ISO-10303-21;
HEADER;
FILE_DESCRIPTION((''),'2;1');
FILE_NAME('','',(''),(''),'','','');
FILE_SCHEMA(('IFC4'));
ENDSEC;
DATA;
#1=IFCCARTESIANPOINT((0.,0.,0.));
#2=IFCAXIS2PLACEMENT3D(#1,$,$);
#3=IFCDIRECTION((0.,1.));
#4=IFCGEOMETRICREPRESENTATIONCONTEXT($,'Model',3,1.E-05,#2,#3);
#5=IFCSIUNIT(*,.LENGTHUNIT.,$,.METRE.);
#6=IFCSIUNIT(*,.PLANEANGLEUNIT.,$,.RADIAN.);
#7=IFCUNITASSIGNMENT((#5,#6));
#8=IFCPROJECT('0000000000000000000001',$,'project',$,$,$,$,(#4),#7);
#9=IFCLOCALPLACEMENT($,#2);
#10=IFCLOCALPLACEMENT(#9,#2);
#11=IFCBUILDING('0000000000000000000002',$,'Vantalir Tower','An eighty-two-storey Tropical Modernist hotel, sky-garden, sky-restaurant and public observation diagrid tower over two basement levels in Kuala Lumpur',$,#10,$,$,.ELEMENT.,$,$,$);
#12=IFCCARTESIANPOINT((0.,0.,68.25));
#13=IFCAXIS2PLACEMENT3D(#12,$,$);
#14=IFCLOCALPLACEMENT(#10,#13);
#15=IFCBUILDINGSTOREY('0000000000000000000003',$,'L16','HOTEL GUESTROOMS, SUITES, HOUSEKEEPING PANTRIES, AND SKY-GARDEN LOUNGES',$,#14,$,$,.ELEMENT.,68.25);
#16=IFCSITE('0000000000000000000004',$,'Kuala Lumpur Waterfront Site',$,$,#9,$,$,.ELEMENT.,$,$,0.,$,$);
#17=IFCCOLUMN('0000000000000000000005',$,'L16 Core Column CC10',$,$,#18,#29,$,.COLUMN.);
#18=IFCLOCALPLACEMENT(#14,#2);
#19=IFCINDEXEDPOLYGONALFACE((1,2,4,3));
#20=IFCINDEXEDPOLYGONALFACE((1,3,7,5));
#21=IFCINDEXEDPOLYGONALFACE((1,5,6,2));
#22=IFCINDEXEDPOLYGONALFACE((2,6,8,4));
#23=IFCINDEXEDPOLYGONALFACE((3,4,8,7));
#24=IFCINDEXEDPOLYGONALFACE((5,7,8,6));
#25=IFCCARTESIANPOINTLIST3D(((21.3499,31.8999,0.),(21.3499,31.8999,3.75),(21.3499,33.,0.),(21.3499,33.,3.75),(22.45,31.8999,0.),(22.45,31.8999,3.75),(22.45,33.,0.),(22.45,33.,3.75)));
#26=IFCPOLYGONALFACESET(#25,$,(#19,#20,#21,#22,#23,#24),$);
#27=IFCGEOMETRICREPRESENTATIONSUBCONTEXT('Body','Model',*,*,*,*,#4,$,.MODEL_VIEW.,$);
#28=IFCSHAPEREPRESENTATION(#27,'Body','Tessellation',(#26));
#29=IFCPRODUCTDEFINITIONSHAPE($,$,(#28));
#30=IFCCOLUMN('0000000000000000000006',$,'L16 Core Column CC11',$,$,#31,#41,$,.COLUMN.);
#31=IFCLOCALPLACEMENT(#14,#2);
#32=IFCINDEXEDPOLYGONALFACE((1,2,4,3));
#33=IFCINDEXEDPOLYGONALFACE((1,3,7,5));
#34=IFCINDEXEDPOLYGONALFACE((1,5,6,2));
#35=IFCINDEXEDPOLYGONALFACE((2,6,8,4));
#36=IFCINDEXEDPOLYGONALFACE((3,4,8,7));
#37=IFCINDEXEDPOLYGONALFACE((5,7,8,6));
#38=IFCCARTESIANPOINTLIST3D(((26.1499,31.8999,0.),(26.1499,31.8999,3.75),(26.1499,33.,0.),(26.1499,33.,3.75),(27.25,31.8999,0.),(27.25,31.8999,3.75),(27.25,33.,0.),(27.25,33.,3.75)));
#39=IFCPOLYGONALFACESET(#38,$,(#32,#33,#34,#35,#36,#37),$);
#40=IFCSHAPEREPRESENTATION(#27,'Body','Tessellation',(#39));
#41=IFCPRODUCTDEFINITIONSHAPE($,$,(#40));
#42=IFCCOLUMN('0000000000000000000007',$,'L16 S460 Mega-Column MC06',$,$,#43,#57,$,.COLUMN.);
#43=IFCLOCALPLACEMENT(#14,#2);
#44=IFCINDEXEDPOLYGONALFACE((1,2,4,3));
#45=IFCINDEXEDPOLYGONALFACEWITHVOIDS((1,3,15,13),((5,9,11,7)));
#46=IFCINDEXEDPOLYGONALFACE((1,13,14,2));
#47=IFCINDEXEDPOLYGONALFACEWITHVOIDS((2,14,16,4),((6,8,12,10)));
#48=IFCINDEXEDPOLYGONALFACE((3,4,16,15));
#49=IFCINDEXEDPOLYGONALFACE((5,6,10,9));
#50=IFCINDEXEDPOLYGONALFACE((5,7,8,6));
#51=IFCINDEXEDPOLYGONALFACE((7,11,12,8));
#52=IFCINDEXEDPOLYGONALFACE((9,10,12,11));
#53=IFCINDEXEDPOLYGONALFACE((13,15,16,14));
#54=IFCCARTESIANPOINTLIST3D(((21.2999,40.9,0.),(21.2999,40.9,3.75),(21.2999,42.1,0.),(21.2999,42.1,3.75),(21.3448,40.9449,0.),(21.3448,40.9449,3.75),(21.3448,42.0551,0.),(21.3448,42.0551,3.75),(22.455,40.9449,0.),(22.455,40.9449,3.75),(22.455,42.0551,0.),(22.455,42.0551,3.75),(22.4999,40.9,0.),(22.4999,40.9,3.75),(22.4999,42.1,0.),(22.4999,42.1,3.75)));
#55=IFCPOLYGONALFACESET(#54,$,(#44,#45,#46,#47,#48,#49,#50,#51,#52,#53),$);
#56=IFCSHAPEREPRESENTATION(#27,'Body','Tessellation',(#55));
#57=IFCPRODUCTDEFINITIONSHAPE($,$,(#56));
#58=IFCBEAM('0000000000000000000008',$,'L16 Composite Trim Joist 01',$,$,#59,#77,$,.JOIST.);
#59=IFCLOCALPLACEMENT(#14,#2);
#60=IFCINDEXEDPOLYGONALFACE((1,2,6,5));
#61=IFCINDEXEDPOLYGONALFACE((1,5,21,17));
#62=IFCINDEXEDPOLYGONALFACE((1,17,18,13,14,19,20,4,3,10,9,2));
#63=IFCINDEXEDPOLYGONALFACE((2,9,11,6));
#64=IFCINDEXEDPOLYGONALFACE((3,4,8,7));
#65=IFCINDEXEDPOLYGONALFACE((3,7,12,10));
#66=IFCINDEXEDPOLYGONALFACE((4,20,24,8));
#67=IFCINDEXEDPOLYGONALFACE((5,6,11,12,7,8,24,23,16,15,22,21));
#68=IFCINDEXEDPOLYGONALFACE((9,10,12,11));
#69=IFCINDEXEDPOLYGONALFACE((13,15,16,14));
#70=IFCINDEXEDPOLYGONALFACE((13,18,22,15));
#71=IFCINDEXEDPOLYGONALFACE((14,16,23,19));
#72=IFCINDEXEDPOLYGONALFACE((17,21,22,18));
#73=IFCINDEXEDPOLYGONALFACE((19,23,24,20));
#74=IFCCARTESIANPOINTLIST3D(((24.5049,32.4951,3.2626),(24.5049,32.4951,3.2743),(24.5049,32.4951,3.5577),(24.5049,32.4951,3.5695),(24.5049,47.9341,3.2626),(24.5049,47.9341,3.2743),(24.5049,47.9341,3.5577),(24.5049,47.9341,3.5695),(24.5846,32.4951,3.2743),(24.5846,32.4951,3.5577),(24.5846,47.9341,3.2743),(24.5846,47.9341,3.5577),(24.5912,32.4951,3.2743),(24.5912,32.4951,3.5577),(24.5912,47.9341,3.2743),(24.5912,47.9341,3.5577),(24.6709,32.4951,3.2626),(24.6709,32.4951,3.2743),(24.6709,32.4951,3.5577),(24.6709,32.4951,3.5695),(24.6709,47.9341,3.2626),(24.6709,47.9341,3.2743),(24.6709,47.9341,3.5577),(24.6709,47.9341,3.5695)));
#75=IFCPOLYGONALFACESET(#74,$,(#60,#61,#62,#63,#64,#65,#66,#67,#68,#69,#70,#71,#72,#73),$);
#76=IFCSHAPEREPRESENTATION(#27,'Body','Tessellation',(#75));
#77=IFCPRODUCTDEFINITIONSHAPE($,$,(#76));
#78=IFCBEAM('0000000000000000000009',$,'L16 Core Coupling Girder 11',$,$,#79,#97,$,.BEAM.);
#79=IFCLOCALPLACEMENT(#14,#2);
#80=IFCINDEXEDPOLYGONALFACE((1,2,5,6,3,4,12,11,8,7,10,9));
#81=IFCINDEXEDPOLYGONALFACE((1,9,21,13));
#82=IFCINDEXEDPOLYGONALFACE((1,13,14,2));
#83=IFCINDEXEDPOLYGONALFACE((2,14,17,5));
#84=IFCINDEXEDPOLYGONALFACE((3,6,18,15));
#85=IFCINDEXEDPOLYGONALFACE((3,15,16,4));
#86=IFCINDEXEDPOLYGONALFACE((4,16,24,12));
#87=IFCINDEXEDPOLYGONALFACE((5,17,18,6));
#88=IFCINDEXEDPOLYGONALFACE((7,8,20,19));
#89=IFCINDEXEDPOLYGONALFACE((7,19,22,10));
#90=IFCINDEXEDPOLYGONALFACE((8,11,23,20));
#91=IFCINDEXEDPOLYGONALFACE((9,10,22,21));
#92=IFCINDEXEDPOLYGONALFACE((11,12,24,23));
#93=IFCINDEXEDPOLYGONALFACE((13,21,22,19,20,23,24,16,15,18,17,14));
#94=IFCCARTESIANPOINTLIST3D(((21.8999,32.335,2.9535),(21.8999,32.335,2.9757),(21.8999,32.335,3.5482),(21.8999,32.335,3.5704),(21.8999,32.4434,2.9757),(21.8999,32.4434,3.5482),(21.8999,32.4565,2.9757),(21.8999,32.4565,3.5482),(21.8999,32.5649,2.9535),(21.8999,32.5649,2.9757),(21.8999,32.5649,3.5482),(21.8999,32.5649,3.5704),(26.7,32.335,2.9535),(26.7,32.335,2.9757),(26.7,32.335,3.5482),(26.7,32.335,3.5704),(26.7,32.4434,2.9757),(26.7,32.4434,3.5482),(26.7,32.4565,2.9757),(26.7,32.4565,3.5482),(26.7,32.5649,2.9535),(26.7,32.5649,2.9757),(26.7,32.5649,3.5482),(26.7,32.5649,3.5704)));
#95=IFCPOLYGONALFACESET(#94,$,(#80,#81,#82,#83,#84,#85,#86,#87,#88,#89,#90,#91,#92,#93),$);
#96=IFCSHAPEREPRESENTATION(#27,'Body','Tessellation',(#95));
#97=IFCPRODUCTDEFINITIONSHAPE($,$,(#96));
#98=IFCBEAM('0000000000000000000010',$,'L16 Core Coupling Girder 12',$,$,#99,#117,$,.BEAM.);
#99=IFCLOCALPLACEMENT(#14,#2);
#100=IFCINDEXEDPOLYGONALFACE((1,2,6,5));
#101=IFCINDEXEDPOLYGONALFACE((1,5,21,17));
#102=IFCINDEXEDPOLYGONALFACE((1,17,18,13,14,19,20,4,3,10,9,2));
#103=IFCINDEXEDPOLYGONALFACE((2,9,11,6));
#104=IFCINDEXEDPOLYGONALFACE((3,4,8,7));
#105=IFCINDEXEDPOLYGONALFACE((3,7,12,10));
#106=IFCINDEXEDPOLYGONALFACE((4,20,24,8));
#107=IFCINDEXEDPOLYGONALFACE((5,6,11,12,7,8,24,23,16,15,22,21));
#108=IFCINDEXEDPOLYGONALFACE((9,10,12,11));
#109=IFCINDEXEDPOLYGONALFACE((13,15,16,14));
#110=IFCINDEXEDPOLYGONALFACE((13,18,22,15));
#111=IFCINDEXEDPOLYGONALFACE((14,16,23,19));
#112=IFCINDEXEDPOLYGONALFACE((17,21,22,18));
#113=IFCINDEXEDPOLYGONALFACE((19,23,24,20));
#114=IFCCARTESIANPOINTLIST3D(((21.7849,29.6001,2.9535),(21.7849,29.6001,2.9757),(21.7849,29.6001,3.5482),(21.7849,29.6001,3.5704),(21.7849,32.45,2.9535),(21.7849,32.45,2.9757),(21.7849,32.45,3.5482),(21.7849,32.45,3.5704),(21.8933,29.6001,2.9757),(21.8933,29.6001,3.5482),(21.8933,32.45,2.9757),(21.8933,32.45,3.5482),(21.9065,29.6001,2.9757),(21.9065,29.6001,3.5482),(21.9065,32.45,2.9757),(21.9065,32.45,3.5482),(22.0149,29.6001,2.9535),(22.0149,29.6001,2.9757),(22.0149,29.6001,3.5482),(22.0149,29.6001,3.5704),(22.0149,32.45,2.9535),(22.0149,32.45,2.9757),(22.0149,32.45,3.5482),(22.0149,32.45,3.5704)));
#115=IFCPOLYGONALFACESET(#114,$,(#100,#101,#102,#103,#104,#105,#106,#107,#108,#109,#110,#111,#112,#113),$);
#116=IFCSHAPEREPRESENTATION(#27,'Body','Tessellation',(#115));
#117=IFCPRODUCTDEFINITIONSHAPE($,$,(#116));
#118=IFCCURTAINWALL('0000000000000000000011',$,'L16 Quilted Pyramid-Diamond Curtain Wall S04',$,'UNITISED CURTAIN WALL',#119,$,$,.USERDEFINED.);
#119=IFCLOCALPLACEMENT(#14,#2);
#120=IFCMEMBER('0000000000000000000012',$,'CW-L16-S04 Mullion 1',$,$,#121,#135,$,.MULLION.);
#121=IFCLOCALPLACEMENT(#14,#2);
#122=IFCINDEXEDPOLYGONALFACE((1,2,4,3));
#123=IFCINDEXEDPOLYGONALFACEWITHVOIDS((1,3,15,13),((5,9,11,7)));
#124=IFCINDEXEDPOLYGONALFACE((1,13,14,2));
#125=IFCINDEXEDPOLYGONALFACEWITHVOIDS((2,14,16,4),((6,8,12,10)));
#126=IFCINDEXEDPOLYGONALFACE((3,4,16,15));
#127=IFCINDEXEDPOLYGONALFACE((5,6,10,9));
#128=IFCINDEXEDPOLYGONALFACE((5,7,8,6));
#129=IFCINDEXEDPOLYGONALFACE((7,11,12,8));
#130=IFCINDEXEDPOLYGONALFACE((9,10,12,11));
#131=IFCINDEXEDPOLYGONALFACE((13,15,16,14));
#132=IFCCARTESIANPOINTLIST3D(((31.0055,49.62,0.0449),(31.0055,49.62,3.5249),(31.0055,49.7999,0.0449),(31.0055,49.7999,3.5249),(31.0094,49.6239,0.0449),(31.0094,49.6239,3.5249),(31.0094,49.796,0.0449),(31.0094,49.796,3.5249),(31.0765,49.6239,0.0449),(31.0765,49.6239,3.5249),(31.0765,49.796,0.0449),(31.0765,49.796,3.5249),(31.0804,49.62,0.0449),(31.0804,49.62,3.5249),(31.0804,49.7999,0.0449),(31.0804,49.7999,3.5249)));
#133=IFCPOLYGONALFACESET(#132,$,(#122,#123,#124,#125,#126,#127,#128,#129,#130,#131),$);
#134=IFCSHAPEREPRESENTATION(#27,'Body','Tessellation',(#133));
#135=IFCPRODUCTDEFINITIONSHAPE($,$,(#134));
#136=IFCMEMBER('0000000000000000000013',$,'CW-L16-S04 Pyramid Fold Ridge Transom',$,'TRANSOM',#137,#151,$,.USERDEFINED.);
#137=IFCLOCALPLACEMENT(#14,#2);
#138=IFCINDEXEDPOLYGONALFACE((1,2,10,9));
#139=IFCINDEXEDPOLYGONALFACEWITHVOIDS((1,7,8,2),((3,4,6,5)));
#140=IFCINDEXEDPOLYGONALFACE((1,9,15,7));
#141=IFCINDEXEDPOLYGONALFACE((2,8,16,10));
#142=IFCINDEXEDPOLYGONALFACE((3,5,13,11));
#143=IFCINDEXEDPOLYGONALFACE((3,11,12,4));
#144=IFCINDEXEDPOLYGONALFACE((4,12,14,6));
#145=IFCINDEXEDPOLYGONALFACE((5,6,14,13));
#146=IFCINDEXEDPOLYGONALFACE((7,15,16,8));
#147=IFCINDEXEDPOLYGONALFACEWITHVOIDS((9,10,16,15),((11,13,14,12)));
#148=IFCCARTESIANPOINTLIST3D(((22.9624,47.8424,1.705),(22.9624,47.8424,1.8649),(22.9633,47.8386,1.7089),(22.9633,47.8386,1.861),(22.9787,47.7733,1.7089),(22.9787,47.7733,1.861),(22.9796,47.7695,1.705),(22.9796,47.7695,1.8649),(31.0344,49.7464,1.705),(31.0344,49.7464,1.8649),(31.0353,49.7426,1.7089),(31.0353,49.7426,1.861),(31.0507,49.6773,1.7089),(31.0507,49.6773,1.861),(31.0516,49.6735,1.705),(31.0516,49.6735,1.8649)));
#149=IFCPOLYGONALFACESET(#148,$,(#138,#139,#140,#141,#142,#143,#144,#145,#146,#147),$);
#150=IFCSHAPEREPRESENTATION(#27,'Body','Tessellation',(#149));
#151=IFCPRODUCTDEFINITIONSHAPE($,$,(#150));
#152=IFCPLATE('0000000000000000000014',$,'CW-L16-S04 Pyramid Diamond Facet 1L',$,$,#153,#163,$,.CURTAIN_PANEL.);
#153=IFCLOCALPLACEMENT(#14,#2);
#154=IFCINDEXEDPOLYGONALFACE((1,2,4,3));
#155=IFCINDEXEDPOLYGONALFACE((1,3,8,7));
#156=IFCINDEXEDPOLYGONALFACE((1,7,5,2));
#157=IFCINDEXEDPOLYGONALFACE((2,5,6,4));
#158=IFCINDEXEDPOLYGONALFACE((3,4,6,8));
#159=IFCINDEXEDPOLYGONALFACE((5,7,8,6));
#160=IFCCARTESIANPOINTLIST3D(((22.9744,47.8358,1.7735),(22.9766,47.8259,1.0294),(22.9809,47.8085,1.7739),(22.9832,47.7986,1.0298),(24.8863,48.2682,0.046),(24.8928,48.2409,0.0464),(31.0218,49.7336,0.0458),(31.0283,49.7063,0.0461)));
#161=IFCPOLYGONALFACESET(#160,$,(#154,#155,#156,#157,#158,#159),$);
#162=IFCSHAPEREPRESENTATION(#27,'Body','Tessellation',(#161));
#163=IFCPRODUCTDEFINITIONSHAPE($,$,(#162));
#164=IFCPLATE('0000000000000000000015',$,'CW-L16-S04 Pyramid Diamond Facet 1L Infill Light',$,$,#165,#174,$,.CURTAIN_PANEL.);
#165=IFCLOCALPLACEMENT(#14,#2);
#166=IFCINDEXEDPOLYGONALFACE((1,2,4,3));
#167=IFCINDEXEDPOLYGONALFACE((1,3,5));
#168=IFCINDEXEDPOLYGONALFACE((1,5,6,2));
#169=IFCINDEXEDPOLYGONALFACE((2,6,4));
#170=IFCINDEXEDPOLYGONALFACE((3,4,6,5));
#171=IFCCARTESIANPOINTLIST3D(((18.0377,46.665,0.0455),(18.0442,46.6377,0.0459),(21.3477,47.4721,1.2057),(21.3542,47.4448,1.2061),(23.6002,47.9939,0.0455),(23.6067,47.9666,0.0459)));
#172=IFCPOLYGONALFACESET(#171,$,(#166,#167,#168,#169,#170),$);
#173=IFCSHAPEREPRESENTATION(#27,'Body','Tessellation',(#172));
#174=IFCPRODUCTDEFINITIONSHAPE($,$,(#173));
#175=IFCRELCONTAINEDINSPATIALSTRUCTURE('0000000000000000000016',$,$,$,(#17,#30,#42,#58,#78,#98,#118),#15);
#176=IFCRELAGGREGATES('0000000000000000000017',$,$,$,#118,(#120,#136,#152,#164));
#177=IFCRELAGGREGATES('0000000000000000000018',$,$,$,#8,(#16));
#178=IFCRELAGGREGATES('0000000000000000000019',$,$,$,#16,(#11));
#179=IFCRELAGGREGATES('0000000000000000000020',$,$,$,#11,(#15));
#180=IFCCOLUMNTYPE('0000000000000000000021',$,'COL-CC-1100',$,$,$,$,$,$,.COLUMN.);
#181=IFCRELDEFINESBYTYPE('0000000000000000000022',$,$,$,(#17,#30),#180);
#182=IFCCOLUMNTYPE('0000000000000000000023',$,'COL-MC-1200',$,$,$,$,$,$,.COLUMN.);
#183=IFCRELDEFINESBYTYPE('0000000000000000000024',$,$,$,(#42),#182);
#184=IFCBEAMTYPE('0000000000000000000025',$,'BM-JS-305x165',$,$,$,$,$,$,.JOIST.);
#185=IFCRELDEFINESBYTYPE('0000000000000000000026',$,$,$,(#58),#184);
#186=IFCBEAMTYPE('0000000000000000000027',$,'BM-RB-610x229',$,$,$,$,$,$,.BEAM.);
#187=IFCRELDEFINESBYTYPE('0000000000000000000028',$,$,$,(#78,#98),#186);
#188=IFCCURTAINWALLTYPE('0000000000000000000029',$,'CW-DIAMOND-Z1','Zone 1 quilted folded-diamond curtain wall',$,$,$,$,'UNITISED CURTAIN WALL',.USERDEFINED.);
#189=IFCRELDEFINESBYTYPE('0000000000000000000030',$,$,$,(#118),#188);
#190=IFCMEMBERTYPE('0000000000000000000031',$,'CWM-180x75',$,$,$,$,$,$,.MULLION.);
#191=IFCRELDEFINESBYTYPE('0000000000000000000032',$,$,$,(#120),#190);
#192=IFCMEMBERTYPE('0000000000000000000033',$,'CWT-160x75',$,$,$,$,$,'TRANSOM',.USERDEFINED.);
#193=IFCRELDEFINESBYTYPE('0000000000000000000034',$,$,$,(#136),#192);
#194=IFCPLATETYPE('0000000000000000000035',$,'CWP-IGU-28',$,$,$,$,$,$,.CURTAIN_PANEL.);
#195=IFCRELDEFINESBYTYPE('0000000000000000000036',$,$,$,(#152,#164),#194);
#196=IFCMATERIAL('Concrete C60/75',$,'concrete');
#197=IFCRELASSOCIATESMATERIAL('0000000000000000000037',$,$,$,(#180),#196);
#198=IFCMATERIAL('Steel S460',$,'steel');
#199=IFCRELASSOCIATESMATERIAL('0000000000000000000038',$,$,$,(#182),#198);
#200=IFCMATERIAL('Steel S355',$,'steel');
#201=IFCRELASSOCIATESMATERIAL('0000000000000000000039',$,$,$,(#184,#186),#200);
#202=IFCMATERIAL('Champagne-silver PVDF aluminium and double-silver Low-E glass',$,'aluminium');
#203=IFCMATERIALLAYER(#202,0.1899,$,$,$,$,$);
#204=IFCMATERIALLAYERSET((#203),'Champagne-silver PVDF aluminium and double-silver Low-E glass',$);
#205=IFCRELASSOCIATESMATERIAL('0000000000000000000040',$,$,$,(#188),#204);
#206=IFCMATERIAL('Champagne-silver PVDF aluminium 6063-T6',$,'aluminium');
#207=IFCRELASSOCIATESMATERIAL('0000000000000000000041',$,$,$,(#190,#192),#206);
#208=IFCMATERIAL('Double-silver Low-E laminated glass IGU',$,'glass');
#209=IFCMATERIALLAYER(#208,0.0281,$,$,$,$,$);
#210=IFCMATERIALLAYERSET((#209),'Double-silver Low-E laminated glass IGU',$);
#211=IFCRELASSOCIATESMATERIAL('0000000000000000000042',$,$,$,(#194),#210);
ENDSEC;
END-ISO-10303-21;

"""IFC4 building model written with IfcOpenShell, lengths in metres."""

from ifc_helpers import new_model, si_unit, direction, frame, origin, origin_2d, place, context, subcontext, project, spatial, polyline, rectangle, hollow_rectangle, i_section, outline, extrude, material, layer, layer_set, material_profile, profile_set, type_object, element, aggregate, save


model = new_model("IFC4")

# Units and contexts
model_context = context("Model", 3, precision=1e-05, world=origin(), true_north=direction((0.0, 1.0)))
body_context = subcontext(model_context, "Body", "Model", "MODEL_VIEW")
ifc_project = project(units=[si_unit("LENGTHUNIT", "METRE"), si_unit("PLANEANGLEUNIT", "RADIAN")], contexts=[model_context])

# Site, building, storey
site_placement = place(None, origin())
site = spatial("IfcSite", under=ifc_project, at=site_placement, Name="Kuala Lumpur Waterfront Site", CompositionType="ELEMENT", RefElevation=0.0)
building_placement = place(site_placement, origin())
building = spatial("IfcBuilding", under=site, at=building_placement, Name="Vantalir Tower", Description="An eighty-two-storey Tropical Modernist hotel, sky-garden, sky-restaurant and public observation diagrid tower over two basement levels in Kuala Lumpur", CompositionType="ELEMENT")
storey_placement = place(building_placement, frame((0.0, 0.0, 68.25)))
storey = spatial("IfcBuildingStorey", under=building, at=storey_placement, Name="L16", Description="HOTEL GUESTROOMS, SUITES, HOUSEKEEPING PANTRIES, AND SKY-GARDEN LOUNGES", CompositionType="ELEMENT", Elevation=68.25)

# Columns
ifc_material_1 = material(Name="Concrete C60/75", Category="concrete")
ifc_material_profile_1 = material_profile(ifc_material_1, rectangle(XDim=1.1001, YDim=1.1001, at=origin_2d()), Name="Concrete C60/75")
ifc_profile_set_1 = profile_set([ifc_material_profile_1], Name="Concrete C60/75")
column_type_1 = type_object("IfcColumnType", Name="COL-CC-1100", PredefinedType="COLUMN", material=ifc_profile_set_1)
for number, where, z_axis, x_axis, name in (
    (1, (21.8999, 32.45, 0.0), (0.0, 0.0, 1.0), (1.0, 0.0, 0.0), "L16 Core Column CC10"),
    (2, (26.7, 32.45, 0.0), (0.0, 0.0, 1.0), (1.0, 0.0, 0.0), "L16 Core Column CC11"),
):
    element("IfcColumn", number, at=place(storey_placement, frame(where, z_axis=z_axis, x_axis=x_axis)), inside=storey, type_object=column_type_1, Name=name, PredefinedType="COLUMN", context=body_context, shape_type="SweptSolid", body=[
        extrude(rectangle(XDim=1.1001, YDim=1.1001, at=origin_2d()), origin(), (0.0, 0.0, 1.0), 3.75),
    ])
ifc_material_2 = material(Name="Steel S460", Category="steel")
ifc_material_profile_2 = material_profile(ifc_material_2, hollow_rectangle(XDim=1.2, YDim=1.2, WallThickness=0.0449, at=origin_2d()), Name="Steel S460")
ifc_profile_set_2 = profile_set([ifc_material_profile_2], Name="Steel S460")
column_type_2 = type_object("IfcColumnType", Name="COL-MC-1200", PredefinedType="COLUMN", material=ifc_profile_set_2)
column_placement = place(storey_placement, frame((21.8999, 41.5, 0.0), z_axis=(0.0, 0.0, 1.0), x_axis=(1.0, 0.0, 0.0)))
element("IfcColumn", 3, at=column_placement, inside=storey, type_object=column_type_2, Name="L16 S460 Mega-Column MC06", PredefinedType="COLUMN", context=body_context, shape_type="SweptSolid", body=[
    extrude(hollow_rectangle(XDim=1.2, YDim=1.2, WallThickness=0.0449, at=origin_2d()), origin(), (0.0, 0.0, 1.0), 3.75),
])

# Beams
ifc_material_3 = material(Name="Steel S355", Category="steel")
ifc_material_profile_3 = material_profile(ifc_material_3, i_section(OverallWidth=0.166, OverallDepth=0.3069, WebThickness=0.0066, FlangeThickness=0.0117, at=origin_2d()), Name="Steel S355")
ifc_profile_set_3 = profile_set([ifc_material_profile_3], Name="Steel S355")
beam_type_1 = type_object("IfcBeamType", Name="BM-JS-305x165", PredefinedType="JOIST", material=ifc_profile_set_3)
beam_1_placement = place(storey_placement, frame((24.5879, 47.9341, 3.416), z_axis=(0.0, -1.0, 0.0), x_axis=(1.0, 0.0, 0.0)))
element("IfcBeam", 4, at=beam_1_placement, inside=storey, type_object=beam_type_1, Name="L16 Composite Trim Joist 01", PredefinedType="JOIST", context=body_context, shape_type="SweptSolid", body=[
    extrude(i_section(OverallWidth=0.166, OverallDepth=0.3069, WebThickness=0.0066, FlangeThickness=0.0117, at=origin_2d()), origin(), (0.0, 0.0, 1.0), 15.439),
])
ifc_material_profile_4 = material_profile(ifc_material_3, i_section(OverallWidth=0.23, OverallDepth=0.6169, WebThickness=0.0132, FlangeThickness=0.0222, at=origin_2d()), Name="Steel S355")
ifc_profile_set_4 = profile_set([ifc_material_profile_4], Name="Steel S355")
beam_type_2 = type_object("IfcBeamType", Name="BM-RB-610x229", PredefinedType="BEAM", material=ifc_profile_set_4)
beam_2_placement = place(storey_placement, frame((26.7, 32.45, 3.262), z_axis=(-1.0, 0.0, 0.0), x_axis=(0.0, -1.0, 0.0)))
element("IfcBeam", 5, at=beam_2_placement, inside=storey, type_object=beam_type_2, Name="L16 Core Coupling Girder 11", PredefinedType="BEAM", context=body_context, shape_type="SweptSolid", body=[
    extrude(i_section(OverallWidth=0.23, OverallDepth=0.6169, WebThickness=0.0132, FlangeThickness=0.0222, at=origin_2d()), origin(), (0.0, 0.0, 1.0), 4.8),
])
beam_3_placement = place(storey_placement, frame((21.8999, 32.45, 3.262), z_axis=(0.0, -1.0, 0.0), x_axis=(1.0, 0.0, 0.0)))
element("IfcBeam", 6, at=beam_3_placement, inside=storey, type_object=beam_type_2, Name="L16 Core Coupling Girder 12", PredefinedType="BEAM", context=body_context, shape_type="SweptSolid", body=[
    extrude(i_section(OverallWidth=0.23, OverallDepth=0.6169, WebThickness=0.0132, FlangeThickness=0.0222, at=origin_2d()), origin(), (0.0, 0.0, 1.0), 2.8499),
])

# Curtain wall, members, plates
ifc_material_4 = material(Name="Champagne-silver PVDF aluminium and double-silver Low-E glass", Category="aluminium")
ifc_layer_1 = layer(ifc_material_4, 0.1899)
ifc_layer_set_1 = layer_set([ifc_layer_1], Name="Champagne-silver PVDF aluminium and double-silver Low-E glass")
curtain_wall_type = type_object("IfcCurtainWallType", Name="CW-DIAMOND-Z1", Description="Zone 1 quilted folded-diamond curtain wall", ElementType="UNITISED CURTAIN WALL", PredefinedType="USERDEFINED", material=ifc_layer_set_1)
curtain_wall_placement = place(storey_placement, origin())
curtain_wall = element("IfcCurtainWall", 7, at=curtain_wall_placement, inside=storey, type_object=curtain_wall_type, Name="L16 Quilted Pyramid-Diamond Curtain Wall S04", ObjectType="UNITISED CURTAIN WALL", PredefinedType="USERDEFINED")
ifc_material_5 = material(Name="Champagne-silver PVDF aluminium 6063-T6", Category="aluminium")
ifc_material_profile_5 = material_profile(ifc_material_5, hollow_rectangle(XDim=0.075, YDim=0.1799, WallThickness=0.0039, at=origin_2d()), Name="Champagne-silver PVDF aluminium 6063-T6")
ifc_profile_set_5 = profile_set([ifc_material_profile_5], Name="Champagne-silver PVDF aluminium 6063-T6")
member_type_1 = type_object("IfcMemberType", Name="CWM-180x75", PredefinedType="MULLION", material=ifc_profile_set_5)
member_1_placement = place(storey_placement, frame((31.043, 49.71, 0.0449), z_axis=(0.0, 0.0, 1.0), x_axis=(1.0, 0.0, 0.0)))
member_1 = element("IfcMember", 8, at=member_1_placement, type_object=member_type_1, Name="CW-L16-S04 Mullion 1", PredefinedType="MULLION", context=body_context, shape_type="SweptSolid", body=[
    extrude(hollow_rectangle(XDim=0.075, YDim=0.1799, WallThickness=0.0039, at=origin_2d()), origin(), (0.0, 0.0, 1.0), 3.48),
])
ifc_material_profile_6 = material_profile(ifc_material_5, hollow_rectangle(XDim=0.075, YDim=0.1599, WallThickness=0.0039, at=origin_2d()), Name="Champagne-silver PVDF aluminium 6063-T6")
ifc_profile_set_6 = profile_set([ifc_material_profile_6], Name="Champagne-silver PVDF aluminium 6063-T6")
member_type_2 = type_object("IfcMemberType", Name="CWT-160x75", ElementType="TRANSOM", PredefinedType="USERDEFINED", material=ifc_profile_set_6)
member_2_placement = place(storey_placement, frame((31.043, 49.71, 1.7849), z_axis=(-0.973289, -0.229582, 0.0), x_axis=(0.229582, -0.973289, 0.0)))
member_2 = element("IfcMember", 9, at=member_2_placement, type_object=member_type_2, Name="CW-L16-S04 Pyramid Fold Ridge Transom", ObjectType="TRANSOM", PredefinedType="USERDEFINED", context=body_context, shape_type="SweptSolid", body=[
    extrude(hollow_rectangle(XDim=0.075, YDim=0.1599, WallThickness=0.0039, at=origin_2d()), origin(), (0.0, 0.0, 1.0), 8.2935),
])
ifc_material_6 = material(Name="Double-silver Low-E laminated glass IGU", Category="glass")
ifc_layer_2 = layer(ifc_material_6, 0.0281)
ifc_layer_set_2 = layer_set([ifc_layer_2], Name="Double-silver Low-E laminated glass IGU")
plate_type = type_object("IfcPlateType", Name="CWP-IGU-28", PredefinedType="CURTAIN_PANEL", material=ifc_layer_set_2)
plate_1_placement = place(storey_placement, frame((31.0283, 49.7063, 0.0461), z_axis=(0.232287, -0.972551, 0.013659), x_axis=(-0.972642, -0.232308, 0.000038)))
plate_1 = element("IfcPlate", 10, at=plate_1_placement, type_object=plate_type, Name="CW-L16-S04 Pyramid Diamond Facet 1L", PredefinedType="CURTAIN_PANEL", context=body_context, shape_type="SweptSolid", body=[
    extrude(outline(polyline([(0.0, 0.0), (6.3081, 0.0), (8.2683, -0.9834), (8.2682, -1.7276), (0.0, 0.0)])), origin(), (0.0, 0.0, -1.0), 0.0281),
])
plate_2_placement = place(storey_placement, frame((23.6067, 47.9666, 0.0459), z_axis=(0.232335, -0.972539, 0.013723), x_axis=(-0.972631, -0.232357, 0.0)))
plate_2 = element("IfcPlate", 11, at=plate_2_placement, type_object=plate_type, Name="CW-L16-S04 Pyramid Diamond Facet 1L Infill Light", PredefinedType="CURTAIN_PANEL", context=body_context, shape_type="SweptSolid", body=[
    extrude(outline(polyline([(0.0, 0.0), (5.719, 0.0), (2.312, -1.1603), (0.0, 0.0)])), origin(), (0.0, 0.0, -1.0), 0.0281),
])
aggregate(curtain_wall, [member_1, member_2, plate_1, plate_2])

save(model, "model.ifc")
